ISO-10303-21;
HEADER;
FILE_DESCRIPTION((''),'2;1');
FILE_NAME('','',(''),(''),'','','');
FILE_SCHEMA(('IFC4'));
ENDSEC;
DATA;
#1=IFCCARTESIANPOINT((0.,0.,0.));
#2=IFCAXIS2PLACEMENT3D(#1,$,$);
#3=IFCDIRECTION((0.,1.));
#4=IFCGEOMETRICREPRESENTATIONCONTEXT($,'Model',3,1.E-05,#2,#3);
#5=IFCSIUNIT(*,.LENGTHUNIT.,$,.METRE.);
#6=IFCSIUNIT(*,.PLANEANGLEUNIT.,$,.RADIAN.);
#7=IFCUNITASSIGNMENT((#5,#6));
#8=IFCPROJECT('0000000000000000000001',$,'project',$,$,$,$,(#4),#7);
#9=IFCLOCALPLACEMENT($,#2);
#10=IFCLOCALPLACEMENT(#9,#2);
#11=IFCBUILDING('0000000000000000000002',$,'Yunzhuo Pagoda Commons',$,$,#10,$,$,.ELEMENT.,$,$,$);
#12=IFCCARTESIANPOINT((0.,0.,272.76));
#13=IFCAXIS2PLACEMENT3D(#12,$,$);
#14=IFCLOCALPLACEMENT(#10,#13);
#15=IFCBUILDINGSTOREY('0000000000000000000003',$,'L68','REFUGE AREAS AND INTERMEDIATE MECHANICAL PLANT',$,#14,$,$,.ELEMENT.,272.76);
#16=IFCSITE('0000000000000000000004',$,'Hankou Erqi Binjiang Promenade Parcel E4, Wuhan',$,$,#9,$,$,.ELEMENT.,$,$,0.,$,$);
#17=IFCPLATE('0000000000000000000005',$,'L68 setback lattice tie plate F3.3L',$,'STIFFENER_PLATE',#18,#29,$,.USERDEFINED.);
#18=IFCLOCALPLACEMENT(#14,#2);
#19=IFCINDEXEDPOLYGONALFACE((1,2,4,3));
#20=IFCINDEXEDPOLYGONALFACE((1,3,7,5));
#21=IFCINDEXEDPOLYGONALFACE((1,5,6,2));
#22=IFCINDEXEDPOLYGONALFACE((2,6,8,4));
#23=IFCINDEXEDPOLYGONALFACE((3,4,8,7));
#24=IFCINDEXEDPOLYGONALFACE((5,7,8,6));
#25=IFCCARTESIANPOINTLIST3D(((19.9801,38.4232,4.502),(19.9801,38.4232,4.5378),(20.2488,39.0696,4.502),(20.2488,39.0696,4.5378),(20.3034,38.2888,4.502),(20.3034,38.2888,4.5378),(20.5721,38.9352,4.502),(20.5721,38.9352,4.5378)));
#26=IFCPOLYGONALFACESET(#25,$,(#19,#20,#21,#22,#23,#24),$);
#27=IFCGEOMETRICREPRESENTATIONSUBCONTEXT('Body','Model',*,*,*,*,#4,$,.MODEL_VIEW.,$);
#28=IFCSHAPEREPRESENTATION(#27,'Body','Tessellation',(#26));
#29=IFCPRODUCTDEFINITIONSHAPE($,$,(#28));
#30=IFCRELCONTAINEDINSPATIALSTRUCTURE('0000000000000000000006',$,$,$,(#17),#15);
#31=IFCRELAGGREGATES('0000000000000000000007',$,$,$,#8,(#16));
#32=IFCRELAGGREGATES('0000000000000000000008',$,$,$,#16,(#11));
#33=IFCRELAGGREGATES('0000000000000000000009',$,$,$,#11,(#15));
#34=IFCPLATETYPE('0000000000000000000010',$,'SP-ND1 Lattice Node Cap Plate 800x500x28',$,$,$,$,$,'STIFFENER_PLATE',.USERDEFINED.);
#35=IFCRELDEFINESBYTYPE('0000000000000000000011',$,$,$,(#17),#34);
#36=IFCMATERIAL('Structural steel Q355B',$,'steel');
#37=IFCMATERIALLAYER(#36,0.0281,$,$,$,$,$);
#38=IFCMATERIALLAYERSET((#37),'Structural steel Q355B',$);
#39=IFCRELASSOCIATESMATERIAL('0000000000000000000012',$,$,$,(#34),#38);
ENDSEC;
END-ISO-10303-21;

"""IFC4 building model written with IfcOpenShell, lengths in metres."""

from ifc_helpers import new_model, si_unit, direction, frame, origin, origin_2d, place, context, subcontext, project, spatial, rectangle, extrude, source, transform, mapped, material, layer, layer_set, type_object, element, save


model = new_model("IFC4")

# Units and contexts
model_context = context("Model", 3, precision=1e-05, world=origin(), true_north=direction((0.0, 1.0)))
body_context = subcontext(model_context, "Body", "Model", "MODEL_VIEW")
ifc_project = project(units=[si_unit("LENGTHUNIT", "METRE"), si_unit("PLANEANGLEUNIT", "RADIAN")], contexts=[model_context])

# Site, building, storey
site_placement = place(None, origin())
site = spatial("IfcSite", under=ifc_project, at=site_placement, Name="Hankou Erqi Binjiang Promenade Parcel E4, Wuhan", CompositionType="ELEMENT", RefElevation=0.0)
building_placement = place(site_placement, origin())
building = spatial("IfcBuilding", under=site, at=building_placement, Name="Yunzhuo Pagoda Commons", CompositionType="ELEMENT")
storey_placement = place(building_placement, frame((0.0, 0.0, 272.76)))
storey = spatial("IfcBuildingStorey", under=building, at=storey_placement, Name="L68", Description="REFUGE AREAS AND INTERMEDIATE MECHANICAL PLANT", CompositionType="ELEMENT", Elevation=272.76)

# Shared definitions
ifc_material_1 = material(Name="Structural steel Q355B", Category="steel")

# Plate
ifc_layer_1 = layer(ifc_material_1, 0.0281)
ifc_layer_set_1 = layer_set([ifc_layer_1], Name="Structural steel Q355B")
plate_type_1 = type_object("IfcPlateType", Name="SP-ND1 Lattice Node Cap Plate 800x500x28", ElementType="STIFFENER_PLATE", PredefinedType="USERDEFINED", material=ifc_layer_set_1)
shared_shape_1 = source(origin(), body_context, "Body", "SweptSolid", [
    extrude(rectangle(XDim=0.7, YDim=0.3501, at=origin_2d()), origin(), (0.0, 0.0, 1.0), 0.0359),
])
plate_1_placement = place(storey_placement, frame((20.2761, 38.6792, 4.502), z_axis=(0.0, 0.0, 1.0), x_axis=(-0.38386, -0.923391, 0.0)))
element("IfcPlate", 1, at=plate_1_placement, inside=storey, type_object=plate_type_1, Name="L68 setback lattice tie plate F3.3L", ObjectType="STIFFENER_PLATE", PredefinedType="USERDEFINED", context=body_context, shape_type="MappedRepresentation", body=[
    mapped(shared_shape_1, transform((0.0, 0.0, 0.0), scale=1.0)),
])

save(model, "model.ifc")
